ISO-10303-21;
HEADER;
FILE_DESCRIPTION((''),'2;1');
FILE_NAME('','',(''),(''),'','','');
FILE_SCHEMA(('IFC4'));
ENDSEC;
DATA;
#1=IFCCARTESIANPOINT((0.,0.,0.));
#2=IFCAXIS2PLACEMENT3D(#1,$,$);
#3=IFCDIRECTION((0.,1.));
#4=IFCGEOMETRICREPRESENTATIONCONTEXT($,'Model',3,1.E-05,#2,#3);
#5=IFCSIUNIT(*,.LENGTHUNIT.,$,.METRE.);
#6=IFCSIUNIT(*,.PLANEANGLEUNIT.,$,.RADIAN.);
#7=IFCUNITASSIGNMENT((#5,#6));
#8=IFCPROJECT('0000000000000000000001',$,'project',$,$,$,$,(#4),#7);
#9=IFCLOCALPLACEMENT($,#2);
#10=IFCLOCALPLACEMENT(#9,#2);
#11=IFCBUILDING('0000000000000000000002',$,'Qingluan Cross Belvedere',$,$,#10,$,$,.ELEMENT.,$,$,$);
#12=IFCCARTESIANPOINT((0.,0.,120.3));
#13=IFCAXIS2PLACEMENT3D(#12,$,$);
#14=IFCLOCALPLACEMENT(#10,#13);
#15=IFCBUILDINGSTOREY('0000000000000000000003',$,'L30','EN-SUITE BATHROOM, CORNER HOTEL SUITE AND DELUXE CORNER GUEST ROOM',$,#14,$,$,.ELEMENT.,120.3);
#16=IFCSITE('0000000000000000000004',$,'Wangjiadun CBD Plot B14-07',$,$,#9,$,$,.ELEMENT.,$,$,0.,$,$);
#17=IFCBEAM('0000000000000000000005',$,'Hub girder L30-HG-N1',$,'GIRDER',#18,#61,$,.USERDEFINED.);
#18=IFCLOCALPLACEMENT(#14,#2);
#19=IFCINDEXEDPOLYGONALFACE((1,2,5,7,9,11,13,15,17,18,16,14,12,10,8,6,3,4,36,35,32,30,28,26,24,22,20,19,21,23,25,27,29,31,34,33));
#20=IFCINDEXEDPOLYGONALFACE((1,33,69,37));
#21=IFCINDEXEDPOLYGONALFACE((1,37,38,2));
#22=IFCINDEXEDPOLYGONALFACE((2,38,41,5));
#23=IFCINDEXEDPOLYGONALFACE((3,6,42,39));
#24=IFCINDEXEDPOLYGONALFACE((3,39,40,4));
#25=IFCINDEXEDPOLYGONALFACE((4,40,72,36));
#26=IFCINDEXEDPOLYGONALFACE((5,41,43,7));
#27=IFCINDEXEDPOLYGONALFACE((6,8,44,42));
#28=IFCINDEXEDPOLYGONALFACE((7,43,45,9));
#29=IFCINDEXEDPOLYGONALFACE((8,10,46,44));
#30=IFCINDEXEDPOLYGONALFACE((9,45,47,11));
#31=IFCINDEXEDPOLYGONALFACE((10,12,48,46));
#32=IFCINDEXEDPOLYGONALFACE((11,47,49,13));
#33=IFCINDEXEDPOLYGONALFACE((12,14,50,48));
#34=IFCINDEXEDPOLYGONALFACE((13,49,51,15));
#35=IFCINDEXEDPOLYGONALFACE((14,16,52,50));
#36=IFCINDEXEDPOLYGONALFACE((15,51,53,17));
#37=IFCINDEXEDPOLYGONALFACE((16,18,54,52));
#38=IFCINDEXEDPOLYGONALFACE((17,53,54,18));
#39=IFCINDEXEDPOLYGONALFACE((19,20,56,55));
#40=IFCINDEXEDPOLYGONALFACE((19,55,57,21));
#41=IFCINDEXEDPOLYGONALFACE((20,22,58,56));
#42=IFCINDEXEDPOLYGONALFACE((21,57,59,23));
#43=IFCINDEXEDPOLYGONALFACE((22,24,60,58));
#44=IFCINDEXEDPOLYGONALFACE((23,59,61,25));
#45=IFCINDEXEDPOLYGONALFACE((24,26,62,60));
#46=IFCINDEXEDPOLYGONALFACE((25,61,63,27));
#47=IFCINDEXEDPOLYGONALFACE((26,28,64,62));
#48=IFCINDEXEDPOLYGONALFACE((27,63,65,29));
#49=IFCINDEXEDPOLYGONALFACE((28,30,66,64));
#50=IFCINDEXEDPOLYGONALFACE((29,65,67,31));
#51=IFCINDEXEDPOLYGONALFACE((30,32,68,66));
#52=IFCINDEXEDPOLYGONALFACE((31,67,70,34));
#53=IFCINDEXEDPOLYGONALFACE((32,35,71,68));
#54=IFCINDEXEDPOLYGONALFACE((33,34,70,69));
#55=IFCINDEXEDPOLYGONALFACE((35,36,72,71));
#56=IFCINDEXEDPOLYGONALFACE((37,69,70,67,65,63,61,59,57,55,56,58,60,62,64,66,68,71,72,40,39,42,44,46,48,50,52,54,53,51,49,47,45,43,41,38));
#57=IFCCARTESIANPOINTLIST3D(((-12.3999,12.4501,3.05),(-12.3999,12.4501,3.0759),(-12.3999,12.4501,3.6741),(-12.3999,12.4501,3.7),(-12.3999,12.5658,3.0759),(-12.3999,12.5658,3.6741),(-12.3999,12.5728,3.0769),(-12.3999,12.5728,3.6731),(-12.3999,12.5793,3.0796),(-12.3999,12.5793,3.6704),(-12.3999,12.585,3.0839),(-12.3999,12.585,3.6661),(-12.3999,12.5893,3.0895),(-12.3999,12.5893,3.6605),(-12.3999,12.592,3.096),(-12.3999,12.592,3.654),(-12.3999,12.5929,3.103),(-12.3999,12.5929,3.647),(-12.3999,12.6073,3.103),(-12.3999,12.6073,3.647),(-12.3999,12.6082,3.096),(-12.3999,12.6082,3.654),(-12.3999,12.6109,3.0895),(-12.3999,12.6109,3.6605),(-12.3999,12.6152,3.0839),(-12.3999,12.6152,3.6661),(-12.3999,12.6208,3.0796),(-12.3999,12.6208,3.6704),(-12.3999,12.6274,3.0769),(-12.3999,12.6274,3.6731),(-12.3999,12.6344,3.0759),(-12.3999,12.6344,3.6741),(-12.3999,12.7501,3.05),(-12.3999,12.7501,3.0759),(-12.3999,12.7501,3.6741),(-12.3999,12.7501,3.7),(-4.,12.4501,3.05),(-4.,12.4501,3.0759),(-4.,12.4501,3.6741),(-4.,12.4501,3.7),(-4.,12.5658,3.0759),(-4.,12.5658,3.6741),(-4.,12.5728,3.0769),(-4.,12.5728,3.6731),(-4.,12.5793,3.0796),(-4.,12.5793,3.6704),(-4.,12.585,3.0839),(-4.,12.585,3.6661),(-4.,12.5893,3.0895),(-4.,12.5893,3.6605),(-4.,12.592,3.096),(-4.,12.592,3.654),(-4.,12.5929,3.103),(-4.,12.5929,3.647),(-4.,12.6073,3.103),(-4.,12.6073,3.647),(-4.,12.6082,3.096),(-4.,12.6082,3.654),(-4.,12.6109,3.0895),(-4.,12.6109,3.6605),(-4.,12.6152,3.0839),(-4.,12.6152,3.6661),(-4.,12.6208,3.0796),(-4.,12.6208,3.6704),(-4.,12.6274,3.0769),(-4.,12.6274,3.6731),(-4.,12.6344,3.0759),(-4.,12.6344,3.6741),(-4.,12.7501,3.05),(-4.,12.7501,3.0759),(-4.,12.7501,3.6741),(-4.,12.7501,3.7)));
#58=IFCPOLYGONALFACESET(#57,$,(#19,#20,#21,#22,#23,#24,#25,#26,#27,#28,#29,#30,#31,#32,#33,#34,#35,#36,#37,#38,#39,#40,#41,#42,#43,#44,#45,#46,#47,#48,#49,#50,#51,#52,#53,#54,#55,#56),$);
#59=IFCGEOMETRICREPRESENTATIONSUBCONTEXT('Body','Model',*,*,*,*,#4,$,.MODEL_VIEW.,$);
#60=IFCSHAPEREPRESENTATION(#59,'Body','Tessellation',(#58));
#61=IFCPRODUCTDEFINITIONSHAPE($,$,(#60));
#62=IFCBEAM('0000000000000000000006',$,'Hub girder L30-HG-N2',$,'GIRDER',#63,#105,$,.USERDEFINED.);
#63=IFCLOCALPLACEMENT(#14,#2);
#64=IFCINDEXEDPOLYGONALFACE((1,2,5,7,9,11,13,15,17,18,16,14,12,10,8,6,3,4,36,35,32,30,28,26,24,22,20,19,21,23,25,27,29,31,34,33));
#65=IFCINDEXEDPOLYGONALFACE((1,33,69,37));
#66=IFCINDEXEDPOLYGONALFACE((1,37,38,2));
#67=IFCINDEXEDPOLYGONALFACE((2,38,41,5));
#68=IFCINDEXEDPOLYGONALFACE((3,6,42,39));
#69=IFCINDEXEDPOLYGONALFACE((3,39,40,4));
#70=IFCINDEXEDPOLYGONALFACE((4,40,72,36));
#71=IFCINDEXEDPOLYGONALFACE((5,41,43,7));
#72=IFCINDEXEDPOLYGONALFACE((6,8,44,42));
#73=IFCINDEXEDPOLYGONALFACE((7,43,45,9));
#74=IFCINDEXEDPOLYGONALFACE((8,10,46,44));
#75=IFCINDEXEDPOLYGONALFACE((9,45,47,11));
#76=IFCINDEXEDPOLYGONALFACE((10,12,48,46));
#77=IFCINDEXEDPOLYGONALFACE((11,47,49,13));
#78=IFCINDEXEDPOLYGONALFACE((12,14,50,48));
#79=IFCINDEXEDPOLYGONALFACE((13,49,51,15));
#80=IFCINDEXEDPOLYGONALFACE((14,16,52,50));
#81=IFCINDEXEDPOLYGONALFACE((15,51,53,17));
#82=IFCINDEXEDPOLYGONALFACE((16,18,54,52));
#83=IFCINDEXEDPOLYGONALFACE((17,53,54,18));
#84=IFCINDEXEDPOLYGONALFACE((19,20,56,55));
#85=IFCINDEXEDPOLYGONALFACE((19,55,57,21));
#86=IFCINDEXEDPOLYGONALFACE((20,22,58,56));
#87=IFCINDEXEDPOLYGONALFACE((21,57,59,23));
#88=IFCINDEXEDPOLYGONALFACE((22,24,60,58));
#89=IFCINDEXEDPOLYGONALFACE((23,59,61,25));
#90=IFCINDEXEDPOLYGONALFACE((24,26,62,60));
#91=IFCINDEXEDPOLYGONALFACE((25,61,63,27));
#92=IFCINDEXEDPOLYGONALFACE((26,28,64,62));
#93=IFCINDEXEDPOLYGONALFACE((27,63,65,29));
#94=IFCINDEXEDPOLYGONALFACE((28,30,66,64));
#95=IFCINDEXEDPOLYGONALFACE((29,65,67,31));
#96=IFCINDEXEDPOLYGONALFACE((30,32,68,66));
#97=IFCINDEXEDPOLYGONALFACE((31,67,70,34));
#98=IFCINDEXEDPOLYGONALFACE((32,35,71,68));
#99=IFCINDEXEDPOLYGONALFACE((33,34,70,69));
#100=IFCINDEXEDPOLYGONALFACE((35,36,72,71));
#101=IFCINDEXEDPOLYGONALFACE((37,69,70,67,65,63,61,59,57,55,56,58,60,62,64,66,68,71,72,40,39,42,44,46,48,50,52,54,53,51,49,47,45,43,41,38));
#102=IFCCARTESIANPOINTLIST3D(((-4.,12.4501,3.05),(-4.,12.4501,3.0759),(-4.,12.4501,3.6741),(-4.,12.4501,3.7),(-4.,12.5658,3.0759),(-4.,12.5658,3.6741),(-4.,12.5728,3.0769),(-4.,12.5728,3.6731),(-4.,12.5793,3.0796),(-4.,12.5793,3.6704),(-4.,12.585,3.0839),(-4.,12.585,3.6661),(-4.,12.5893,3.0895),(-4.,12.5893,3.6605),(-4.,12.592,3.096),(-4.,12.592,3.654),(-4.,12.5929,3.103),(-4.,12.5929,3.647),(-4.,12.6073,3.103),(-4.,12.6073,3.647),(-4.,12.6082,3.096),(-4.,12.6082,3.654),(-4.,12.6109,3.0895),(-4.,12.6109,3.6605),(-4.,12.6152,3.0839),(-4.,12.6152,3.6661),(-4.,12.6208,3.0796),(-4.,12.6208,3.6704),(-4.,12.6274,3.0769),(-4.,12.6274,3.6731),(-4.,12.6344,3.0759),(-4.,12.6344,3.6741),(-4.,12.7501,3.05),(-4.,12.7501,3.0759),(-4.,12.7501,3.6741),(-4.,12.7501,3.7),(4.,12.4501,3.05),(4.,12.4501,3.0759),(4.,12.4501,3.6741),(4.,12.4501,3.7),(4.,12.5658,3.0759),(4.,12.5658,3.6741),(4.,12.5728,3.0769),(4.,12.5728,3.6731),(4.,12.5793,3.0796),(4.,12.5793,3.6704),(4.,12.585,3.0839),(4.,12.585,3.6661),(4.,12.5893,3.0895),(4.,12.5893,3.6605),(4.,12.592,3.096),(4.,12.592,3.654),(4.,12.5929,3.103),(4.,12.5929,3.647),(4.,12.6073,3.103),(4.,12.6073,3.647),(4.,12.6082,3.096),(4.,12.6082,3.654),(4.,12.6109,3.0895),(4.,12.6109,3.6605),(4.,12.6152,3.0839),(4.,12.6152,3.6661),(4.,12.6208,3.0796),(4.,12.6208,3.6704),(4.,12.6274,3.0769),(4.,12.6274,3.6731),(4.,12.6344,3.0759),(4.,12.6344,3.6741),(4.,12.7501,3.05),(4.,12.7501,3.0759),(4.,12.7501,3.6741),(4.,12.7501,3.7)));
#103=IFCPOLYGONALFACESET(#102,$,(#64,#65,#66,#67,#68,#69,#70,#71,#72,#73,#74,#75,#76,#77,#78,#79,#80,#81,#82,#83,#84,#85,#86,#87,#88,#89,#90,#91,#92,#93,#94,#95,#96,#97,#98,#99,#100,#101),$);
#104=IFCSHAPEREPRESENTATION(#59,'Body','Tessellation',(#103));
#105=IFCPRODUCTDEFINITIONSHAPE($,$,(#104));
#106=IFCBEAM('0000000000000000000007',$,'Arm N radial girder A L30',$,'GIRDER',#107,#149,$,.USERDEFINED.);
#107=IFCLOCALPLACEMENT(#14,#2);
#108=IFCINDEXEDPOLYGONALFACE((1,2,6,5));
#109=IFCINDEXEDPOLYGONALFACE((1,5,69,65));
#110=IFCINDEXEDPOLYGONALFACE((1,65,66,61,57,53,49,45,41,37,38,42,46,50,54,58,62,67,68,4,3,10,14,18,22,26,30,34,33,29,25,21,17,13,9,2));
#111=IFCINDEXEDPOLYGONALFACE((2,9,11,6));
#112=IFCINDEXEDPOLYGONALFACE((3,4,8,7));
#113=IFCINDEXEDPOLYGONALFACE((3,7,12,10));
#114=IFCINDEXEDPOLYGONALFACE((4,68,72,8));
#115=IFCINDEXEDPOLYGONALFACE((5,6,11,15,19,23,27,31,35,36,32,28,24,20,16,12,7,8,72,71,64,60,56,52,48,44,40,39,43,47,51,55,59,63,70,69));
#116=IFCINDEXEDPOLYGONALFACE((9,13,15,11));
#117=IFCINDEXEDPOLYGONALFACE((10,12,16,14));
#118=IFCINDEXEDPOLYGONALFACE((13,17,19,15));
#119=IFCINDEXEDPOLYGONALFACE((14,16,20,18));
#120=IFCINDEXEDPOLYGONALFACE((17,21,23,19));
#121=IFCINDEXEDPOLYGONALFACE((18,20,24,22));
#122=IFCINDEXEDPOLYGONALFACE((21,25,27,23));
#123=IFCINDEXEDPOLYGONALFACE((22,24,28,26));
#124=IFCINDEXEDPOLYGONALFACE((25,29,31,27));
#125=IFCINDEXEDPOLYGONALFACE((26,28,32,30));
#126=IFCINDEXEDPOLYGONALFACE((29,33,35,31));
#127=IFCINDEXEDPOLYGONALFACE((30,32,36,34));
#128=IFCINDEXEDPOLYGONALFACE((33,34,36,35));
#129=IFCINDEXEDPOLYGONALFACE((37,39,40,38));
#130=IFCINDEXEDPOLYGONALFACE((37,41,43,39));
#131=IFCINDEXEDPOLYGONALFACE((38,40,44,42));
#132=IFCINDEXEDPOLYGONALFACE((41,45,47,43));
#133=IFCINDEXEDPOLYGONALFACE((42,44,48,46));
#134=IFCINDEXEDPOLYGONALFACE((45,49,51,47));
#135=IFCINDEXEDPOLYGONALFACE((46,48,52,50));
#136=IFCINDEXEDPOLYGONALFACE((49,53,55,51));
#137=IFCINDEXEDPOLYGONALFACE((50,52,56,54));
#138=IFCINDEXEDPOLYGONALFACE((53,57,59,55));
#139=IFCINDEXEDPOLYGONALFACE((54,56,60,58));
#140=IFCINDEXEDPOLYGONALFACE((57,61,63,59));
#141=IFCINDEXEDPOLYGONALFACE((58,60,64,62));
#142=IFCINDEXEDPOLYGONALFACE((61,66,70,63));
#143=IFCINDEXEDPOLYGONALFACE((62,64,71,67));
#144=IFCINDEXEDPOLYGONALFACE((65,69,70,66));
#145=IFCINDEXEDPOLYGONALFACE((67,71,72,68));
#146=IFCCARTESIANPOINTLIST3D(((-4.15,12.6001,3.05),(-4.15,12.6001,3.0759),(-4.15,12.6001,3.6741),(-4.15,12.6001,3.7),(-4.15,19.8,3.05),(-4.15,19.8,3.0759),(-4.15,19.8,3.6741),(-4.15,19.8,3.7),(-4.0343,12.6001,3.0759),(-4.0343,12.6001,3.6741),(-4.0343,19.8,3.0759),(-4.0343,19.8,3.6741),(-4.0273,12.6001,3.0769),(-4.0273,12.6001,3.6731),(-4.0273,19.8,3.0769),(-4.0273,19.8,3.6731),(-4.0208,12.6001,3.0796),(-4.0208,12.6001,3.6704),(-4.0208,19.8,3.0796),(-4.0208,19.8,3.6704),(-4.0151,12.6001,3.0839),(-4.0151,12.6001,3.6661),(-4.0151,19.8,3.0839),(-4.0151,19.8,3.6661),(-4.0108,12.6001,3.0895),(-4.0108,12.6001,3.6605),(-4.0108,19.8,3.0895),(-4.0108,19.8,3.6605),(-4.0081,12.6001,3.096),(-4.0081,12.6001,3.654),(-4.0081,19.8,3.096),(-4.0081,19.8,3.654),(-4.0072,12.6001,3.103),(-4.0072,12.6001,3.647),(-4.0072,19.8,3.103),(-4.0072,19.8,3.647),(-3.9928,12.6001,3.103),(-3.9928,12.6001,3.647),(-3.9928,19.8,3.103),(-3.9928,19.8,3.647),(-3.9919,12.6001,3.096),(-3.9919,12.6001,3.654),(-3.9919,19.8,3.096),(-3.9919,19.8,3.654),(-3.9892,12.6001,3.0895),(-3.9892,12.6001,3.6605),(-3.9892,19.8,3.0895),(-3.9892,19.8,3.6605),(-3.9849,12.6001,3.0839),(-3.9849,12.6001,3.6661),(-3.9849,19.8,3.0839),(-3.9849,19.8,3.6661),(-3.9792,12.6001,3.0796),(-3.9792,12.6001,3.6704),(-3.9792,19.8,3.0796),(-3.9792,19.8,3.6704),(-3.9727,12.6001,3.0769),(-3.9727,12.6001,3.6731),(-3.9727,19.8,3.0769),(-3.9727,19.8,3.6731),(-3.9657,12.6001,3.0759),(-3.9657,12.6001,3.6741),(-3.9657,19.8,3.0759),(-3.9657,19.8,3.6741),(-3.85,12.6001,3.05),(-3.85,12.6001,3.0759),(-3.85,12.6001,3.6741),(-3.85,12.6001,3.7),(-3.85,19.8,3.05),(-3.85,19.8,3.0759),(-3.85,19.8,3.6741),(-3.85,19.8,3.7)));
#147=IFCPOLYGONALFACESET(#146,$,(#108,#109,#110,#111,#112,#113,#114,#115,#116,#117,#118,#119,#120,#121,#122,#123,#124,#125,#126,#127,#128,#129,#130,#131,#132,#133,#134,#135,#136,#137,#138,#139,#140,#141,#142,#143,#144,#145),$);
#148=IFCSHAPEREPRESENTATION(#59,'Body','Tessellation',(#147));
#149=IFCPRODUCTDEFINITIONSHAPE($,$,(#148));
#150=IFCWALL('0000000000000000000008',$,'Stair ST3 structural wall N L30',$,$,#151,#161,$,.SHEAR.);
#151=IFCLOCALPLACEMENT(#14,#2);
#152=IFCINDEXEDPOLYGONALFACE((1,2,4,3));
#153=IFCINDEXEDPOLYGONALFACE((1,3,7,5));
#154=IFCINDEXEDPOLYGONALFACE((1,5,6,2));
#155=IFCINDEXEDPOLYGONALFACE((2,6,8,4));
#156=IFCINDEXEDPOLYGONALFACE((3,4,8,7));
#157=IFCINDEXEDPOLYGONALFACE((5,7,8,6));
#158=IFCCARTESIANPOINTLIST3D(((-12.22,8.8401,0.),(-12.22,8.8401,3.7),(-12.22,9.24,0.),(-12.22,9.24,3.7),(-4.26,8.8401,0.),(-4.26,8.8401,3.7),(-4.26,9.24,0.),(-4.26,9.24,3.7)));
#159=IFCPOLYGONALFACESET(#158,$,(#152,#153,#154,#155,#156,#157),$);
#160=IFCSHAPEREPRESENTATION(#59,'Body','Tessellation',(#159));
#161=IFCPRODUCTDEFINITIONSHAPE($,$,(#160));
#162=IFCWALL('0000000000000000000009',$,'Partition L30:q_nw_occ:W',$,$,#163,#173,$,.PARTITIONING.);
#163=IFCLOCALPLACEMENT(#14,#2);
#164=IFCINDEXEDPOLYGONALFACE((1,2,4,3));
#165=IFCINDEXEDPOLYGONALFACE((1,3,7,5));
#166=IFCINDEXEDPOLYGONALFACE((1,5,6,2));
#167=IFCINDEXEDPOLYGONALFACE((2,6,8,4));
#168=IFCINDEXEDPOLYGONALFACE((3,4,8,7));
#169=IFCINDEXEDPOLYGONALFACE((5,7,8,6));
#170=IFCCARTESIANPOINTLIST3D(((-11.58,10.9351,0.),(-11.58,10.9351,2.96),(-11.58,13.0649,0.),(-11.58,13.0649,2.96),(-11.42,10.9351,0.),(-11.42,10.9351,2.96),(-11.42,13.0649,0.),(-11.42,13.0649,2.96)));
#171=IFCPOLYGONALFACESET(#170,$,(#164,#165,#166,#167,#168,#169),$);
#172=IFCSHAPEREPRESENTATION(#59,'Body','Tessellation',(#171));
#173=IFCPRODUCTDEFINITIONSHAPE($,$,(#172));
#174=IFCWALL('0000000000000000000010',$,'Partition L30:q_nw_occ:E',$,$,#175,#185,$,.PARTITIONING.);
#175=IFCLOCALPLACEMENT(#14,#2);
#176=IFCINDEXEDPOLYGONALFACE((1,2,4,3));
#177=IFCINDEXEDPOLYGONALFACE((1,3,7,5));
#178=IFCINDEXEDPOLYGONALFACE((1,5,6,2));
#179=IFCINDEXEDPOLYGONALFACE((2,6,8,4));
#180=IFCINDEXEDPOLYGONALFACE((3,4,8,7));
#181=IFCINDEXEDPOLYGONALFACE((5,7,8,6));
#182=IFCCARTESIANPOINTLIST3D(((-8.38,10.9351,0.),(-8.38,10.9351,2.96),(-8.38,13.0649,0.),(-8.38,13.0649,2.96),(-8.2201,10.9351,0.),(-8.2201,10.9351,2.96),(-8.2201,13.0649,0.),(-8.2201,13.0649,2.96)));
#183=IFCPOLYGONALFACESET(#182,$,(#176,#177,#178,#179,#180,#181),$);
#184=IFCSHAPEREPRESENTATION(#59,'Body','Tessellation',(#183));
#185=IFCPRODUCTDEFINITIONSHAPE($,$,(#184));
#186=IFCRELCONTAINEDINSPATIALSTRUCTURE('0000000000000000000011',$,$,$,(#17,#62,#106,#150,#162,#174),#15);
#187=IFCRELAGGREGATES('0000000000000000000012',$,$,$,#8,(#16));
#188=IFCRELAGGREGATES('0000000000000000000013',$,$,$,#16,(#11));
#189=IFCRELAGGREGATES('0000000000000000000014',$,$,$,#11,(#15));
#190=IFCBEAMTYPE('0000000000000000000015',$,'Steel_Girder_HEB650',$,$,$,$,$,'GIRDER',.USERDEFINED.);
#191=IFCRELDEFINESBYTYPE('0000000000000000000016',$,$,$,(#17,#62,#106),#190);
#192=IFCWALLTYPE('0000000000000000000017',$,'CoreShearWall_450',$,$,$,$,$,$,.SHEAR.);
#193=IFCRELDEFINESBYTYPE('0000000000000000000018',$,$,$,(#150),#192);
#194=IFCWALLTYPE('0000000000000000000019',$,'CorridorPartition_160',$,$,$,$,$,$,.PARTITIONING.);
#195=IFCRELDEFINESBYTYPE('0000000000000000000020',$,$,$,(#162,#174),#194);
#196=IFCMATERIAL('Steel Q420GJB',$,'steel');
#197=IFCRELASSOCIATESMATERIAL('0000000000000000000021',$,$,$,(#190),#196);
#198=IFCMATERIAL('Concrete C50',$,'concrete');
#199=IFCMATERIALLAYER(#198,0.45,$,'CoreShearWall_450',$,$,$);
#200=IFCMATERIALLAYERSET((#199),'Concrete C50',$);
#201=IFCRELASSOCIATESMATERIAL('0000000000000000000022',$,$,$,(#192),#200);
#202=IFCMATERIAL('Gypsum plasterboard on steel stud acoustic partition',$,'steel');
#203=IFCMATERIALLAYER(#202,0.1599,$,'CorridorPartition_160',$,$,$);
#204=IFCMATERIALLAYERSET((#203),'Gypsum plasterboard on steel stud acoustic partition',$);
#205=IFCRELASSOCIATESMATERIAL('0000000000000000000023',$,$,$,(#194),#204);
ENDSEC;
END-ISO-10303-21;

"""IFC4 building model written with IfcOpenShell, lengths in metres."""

from ifc_helpers import new_model, si_unit, direction, frame, frame_2d, origin, origin_2d, place, context, subcontext, project, spatial, rectangle, i_section, extrude, material, layer, layer_set, material_profile, profile_set, type_object, element, save


model = new_model("IFC4")

# Units and contexts
model_context = context("Model", 3, precision=1e-05, world=origin(), true_north=direction((0.0, 1.0)))
body_context = subcontext(model_context, "Body", "Model", "MODEL_VIEW")
ifc_project = project(units=[si_unit("LENGTHUNIT", "METRE"), si_unit("PLANEANGLEUNIT", "RADIAN")], contexts=[model_context])

# Site, building, storey
site_placement = place(None, origin())
site = spatial("IfcSite", under=ifc_project, at=site_placement, Name="Wangjiadun CBD Plot B14-07", CompositionType="ELEMENT", RefElevation=0.0)
building_placement = place(site_placement, origin())
building = spatial("IfcBuilding", under=site, at=building_placement, Name="Qingluan Cross Belvedere", CompositionType="ELEMENT")
storey_placement = place(building_placement, frame((0.0, 0.0, 120.3)))
storey = spatial("IfcBuildingStorey", under=building, at=storey_placement, Name="L30", Description="EN-SUITE BATHROOM, CORNER HOTEL SUITE AND DELUXE CORNER GUEST ROOM", CompositionType="ELEMENT", Elevation=120.3)

# Beams
ifc_material_1 = material(Name="Steel Q420GJB", Category="steel")
ifc_material_profile_1 = material_profile(ifc_material_1, i_section(OverallWidth=0.3, OverallDepth=0.6499, WebThickness=0.0144, FlangeThickness=0.0259, FilletRadius=0.0271, at=origin_2d()), Name="HEB650")
ifc_profile_set_1 = profile_set([ifc_material_profile_1], Name="Steel Q420GJB")
beam_type_1 = type_object("IfcBeamType", Name="Steel_Girder_HEB650", ElementType="GIRDER", PredefinedType="USERDEFINED", material=ifc_profile_set_1)
beam_1_placement = place(storey_placement, frame((-12.3999, 12.6001, 3.375), z_axis=(1.0, 0.0, 0.0), x_axis=(0.0, 1.0, 0.0)))
element("IfcBeam", 1, at=beam_1_placement, inside=storey, type_object=beam_type_1, Name="Hub girder L30-HG-N1", ObjectType="GIRDER", PredefinedType="USERDEFINED", context=body_context, shape_type="SweptSolid", body=[
    extrude(i_section(OverallWidth=0.3, OverallDepth=0.6499, WebThickness=0.0144, FlangeThickness=0.0259, FilletRadius=0.0271, at=origin_2d()), origin(), (0.0, 0.0, 1.0), 8.3999),
])
beam_2_placement = place(storey_placement, frame((-4.0, 12.6001, 3.375), z_axis=(1.0, 0.0, 0.0), x_axis=(0.0, 1.0, 0.0)))
element("IfcBeam", 2, at=beam_2_placement, inside=storey, type_object=beam_type_1, Name="Hub girder L30-HG-N2", ObjectType="GIRDER", PredefinedType="USERDEFINED", context=body_context, shape_type="SweptSolid", body=[
    extrude(i_section(OverallWidth=0.3, OverallDepth=0.6499, WebThickness=0.0144, FlangeThickness=0.0259, FilletRadius=0.0271, at=origin_2d()), origin(), (0.0, 0.0, 1.0), 8.0),
])
beam_3_placement = place(storey_placement, frame((-4.0, 12.6001, 3.375), z_axis=(0.0, 1.0, 0.0), x_axis=(-1.0, 0.0, 0.0)))
element("IfcBeam", 3, at=beam_3_placement, inside=storey, type_object=beam_type_1, Name="Arm N radial girder A L30", ObjectType="GIRDER", PredefinedType="USERDEFINED", context=body_context, shape_type="SweptSolid", body=[
    extrude(i_section(OverallWidth=0.3, OverallDepth=0.6499, WebThickness=0.0144, FlangeThickness=0.0259, FilletRadius=0.0271, at=origin_2d()), origin(), (0.0, 0.0, 1.0), 7.2),
])

# Wall
ifc_material_2 = material(Name="Concrete C50", Category="concrete")
ifc_layer_1 = layer(ifc_material_2, 0.45, Name="CoreShearWall_450")
ifc_layer_set_1 = layer_set([ifc_layer_1], Name="Concrete C50")
wall_type_1 = type_object("IfcWallType", Name="CoreShearWall_450", PredefinedType="SHEAR", material=ifc_layer_set_1)
wall_1_placement = place(storey_placement, frame((-12.22, 9.04, 0.0), z_axis=(0.0, 0.0, 1.0), x_axis=(1.0, 0.0, 0.0)))
element("IfcWall", 4, at=wall_1_placement, inside=storey, type_object=wall_type_1, Name="Stair ST3 structural wall N L30", PredefinedType="SHEAR", context=body_context, shape_type="SweptSolid", body=[
    extrude(rectangle(XDim=7.96, YDim=0.3999, at=frame_2d((3.98, 0.0))), origin(), (0.0, 0.0, 1.0), 3.7),
])

# Shared definitions
ifc_material_3 = material(Name="Gypsum plasterboard on steel stud acoustic partition", Category="steel")
ifc_layer_2 = layer(ifc_material_3, 0.1599, Name="CorridorPartition_160")
ifc_layer_set_2 = layer_set([ifc_layer_2], Name="Gypsum plasterboard on steel stud acoustic partition")
wall_type_2 = type_object("IfcWallType", Name="CorridorPartition_160", PredefinedType="PARTITIONING", material=ifc_layer_set_2)

# Walls
for number, where, z_axis, x_axis, name in (
    (5, (-11.5, 10.9351, 0.0), (0.0, 0.0, 1.0), (0.0, 1.0, 0.0), "Partition L30:q_nw_occ:W"),
    (6, (-8.3, 10.9351, 0.0), (0.0, 0.0, 1.0), (0.0, 1.0, 0.0), "Partition L30:q_nw_occ:E"),
):
    element("IfcWall", number, at=place(storey_placement, frame(where, z_axis=z_axis, x_axis=x_axis)), inside=storey, type_object=wall_type_2, Name=name, PredefinedType="PARTITIONING", context=body_context, shape_type="SweptSolid", body=[
        extrude(rectangle(XDim=2.1299, YDim=0.1599, at=frame_2d((1.0649, 0.0))), origin(), (0.0, 0.0, 1.0), 2.96),
    ])

save(model, "model.ifc")
